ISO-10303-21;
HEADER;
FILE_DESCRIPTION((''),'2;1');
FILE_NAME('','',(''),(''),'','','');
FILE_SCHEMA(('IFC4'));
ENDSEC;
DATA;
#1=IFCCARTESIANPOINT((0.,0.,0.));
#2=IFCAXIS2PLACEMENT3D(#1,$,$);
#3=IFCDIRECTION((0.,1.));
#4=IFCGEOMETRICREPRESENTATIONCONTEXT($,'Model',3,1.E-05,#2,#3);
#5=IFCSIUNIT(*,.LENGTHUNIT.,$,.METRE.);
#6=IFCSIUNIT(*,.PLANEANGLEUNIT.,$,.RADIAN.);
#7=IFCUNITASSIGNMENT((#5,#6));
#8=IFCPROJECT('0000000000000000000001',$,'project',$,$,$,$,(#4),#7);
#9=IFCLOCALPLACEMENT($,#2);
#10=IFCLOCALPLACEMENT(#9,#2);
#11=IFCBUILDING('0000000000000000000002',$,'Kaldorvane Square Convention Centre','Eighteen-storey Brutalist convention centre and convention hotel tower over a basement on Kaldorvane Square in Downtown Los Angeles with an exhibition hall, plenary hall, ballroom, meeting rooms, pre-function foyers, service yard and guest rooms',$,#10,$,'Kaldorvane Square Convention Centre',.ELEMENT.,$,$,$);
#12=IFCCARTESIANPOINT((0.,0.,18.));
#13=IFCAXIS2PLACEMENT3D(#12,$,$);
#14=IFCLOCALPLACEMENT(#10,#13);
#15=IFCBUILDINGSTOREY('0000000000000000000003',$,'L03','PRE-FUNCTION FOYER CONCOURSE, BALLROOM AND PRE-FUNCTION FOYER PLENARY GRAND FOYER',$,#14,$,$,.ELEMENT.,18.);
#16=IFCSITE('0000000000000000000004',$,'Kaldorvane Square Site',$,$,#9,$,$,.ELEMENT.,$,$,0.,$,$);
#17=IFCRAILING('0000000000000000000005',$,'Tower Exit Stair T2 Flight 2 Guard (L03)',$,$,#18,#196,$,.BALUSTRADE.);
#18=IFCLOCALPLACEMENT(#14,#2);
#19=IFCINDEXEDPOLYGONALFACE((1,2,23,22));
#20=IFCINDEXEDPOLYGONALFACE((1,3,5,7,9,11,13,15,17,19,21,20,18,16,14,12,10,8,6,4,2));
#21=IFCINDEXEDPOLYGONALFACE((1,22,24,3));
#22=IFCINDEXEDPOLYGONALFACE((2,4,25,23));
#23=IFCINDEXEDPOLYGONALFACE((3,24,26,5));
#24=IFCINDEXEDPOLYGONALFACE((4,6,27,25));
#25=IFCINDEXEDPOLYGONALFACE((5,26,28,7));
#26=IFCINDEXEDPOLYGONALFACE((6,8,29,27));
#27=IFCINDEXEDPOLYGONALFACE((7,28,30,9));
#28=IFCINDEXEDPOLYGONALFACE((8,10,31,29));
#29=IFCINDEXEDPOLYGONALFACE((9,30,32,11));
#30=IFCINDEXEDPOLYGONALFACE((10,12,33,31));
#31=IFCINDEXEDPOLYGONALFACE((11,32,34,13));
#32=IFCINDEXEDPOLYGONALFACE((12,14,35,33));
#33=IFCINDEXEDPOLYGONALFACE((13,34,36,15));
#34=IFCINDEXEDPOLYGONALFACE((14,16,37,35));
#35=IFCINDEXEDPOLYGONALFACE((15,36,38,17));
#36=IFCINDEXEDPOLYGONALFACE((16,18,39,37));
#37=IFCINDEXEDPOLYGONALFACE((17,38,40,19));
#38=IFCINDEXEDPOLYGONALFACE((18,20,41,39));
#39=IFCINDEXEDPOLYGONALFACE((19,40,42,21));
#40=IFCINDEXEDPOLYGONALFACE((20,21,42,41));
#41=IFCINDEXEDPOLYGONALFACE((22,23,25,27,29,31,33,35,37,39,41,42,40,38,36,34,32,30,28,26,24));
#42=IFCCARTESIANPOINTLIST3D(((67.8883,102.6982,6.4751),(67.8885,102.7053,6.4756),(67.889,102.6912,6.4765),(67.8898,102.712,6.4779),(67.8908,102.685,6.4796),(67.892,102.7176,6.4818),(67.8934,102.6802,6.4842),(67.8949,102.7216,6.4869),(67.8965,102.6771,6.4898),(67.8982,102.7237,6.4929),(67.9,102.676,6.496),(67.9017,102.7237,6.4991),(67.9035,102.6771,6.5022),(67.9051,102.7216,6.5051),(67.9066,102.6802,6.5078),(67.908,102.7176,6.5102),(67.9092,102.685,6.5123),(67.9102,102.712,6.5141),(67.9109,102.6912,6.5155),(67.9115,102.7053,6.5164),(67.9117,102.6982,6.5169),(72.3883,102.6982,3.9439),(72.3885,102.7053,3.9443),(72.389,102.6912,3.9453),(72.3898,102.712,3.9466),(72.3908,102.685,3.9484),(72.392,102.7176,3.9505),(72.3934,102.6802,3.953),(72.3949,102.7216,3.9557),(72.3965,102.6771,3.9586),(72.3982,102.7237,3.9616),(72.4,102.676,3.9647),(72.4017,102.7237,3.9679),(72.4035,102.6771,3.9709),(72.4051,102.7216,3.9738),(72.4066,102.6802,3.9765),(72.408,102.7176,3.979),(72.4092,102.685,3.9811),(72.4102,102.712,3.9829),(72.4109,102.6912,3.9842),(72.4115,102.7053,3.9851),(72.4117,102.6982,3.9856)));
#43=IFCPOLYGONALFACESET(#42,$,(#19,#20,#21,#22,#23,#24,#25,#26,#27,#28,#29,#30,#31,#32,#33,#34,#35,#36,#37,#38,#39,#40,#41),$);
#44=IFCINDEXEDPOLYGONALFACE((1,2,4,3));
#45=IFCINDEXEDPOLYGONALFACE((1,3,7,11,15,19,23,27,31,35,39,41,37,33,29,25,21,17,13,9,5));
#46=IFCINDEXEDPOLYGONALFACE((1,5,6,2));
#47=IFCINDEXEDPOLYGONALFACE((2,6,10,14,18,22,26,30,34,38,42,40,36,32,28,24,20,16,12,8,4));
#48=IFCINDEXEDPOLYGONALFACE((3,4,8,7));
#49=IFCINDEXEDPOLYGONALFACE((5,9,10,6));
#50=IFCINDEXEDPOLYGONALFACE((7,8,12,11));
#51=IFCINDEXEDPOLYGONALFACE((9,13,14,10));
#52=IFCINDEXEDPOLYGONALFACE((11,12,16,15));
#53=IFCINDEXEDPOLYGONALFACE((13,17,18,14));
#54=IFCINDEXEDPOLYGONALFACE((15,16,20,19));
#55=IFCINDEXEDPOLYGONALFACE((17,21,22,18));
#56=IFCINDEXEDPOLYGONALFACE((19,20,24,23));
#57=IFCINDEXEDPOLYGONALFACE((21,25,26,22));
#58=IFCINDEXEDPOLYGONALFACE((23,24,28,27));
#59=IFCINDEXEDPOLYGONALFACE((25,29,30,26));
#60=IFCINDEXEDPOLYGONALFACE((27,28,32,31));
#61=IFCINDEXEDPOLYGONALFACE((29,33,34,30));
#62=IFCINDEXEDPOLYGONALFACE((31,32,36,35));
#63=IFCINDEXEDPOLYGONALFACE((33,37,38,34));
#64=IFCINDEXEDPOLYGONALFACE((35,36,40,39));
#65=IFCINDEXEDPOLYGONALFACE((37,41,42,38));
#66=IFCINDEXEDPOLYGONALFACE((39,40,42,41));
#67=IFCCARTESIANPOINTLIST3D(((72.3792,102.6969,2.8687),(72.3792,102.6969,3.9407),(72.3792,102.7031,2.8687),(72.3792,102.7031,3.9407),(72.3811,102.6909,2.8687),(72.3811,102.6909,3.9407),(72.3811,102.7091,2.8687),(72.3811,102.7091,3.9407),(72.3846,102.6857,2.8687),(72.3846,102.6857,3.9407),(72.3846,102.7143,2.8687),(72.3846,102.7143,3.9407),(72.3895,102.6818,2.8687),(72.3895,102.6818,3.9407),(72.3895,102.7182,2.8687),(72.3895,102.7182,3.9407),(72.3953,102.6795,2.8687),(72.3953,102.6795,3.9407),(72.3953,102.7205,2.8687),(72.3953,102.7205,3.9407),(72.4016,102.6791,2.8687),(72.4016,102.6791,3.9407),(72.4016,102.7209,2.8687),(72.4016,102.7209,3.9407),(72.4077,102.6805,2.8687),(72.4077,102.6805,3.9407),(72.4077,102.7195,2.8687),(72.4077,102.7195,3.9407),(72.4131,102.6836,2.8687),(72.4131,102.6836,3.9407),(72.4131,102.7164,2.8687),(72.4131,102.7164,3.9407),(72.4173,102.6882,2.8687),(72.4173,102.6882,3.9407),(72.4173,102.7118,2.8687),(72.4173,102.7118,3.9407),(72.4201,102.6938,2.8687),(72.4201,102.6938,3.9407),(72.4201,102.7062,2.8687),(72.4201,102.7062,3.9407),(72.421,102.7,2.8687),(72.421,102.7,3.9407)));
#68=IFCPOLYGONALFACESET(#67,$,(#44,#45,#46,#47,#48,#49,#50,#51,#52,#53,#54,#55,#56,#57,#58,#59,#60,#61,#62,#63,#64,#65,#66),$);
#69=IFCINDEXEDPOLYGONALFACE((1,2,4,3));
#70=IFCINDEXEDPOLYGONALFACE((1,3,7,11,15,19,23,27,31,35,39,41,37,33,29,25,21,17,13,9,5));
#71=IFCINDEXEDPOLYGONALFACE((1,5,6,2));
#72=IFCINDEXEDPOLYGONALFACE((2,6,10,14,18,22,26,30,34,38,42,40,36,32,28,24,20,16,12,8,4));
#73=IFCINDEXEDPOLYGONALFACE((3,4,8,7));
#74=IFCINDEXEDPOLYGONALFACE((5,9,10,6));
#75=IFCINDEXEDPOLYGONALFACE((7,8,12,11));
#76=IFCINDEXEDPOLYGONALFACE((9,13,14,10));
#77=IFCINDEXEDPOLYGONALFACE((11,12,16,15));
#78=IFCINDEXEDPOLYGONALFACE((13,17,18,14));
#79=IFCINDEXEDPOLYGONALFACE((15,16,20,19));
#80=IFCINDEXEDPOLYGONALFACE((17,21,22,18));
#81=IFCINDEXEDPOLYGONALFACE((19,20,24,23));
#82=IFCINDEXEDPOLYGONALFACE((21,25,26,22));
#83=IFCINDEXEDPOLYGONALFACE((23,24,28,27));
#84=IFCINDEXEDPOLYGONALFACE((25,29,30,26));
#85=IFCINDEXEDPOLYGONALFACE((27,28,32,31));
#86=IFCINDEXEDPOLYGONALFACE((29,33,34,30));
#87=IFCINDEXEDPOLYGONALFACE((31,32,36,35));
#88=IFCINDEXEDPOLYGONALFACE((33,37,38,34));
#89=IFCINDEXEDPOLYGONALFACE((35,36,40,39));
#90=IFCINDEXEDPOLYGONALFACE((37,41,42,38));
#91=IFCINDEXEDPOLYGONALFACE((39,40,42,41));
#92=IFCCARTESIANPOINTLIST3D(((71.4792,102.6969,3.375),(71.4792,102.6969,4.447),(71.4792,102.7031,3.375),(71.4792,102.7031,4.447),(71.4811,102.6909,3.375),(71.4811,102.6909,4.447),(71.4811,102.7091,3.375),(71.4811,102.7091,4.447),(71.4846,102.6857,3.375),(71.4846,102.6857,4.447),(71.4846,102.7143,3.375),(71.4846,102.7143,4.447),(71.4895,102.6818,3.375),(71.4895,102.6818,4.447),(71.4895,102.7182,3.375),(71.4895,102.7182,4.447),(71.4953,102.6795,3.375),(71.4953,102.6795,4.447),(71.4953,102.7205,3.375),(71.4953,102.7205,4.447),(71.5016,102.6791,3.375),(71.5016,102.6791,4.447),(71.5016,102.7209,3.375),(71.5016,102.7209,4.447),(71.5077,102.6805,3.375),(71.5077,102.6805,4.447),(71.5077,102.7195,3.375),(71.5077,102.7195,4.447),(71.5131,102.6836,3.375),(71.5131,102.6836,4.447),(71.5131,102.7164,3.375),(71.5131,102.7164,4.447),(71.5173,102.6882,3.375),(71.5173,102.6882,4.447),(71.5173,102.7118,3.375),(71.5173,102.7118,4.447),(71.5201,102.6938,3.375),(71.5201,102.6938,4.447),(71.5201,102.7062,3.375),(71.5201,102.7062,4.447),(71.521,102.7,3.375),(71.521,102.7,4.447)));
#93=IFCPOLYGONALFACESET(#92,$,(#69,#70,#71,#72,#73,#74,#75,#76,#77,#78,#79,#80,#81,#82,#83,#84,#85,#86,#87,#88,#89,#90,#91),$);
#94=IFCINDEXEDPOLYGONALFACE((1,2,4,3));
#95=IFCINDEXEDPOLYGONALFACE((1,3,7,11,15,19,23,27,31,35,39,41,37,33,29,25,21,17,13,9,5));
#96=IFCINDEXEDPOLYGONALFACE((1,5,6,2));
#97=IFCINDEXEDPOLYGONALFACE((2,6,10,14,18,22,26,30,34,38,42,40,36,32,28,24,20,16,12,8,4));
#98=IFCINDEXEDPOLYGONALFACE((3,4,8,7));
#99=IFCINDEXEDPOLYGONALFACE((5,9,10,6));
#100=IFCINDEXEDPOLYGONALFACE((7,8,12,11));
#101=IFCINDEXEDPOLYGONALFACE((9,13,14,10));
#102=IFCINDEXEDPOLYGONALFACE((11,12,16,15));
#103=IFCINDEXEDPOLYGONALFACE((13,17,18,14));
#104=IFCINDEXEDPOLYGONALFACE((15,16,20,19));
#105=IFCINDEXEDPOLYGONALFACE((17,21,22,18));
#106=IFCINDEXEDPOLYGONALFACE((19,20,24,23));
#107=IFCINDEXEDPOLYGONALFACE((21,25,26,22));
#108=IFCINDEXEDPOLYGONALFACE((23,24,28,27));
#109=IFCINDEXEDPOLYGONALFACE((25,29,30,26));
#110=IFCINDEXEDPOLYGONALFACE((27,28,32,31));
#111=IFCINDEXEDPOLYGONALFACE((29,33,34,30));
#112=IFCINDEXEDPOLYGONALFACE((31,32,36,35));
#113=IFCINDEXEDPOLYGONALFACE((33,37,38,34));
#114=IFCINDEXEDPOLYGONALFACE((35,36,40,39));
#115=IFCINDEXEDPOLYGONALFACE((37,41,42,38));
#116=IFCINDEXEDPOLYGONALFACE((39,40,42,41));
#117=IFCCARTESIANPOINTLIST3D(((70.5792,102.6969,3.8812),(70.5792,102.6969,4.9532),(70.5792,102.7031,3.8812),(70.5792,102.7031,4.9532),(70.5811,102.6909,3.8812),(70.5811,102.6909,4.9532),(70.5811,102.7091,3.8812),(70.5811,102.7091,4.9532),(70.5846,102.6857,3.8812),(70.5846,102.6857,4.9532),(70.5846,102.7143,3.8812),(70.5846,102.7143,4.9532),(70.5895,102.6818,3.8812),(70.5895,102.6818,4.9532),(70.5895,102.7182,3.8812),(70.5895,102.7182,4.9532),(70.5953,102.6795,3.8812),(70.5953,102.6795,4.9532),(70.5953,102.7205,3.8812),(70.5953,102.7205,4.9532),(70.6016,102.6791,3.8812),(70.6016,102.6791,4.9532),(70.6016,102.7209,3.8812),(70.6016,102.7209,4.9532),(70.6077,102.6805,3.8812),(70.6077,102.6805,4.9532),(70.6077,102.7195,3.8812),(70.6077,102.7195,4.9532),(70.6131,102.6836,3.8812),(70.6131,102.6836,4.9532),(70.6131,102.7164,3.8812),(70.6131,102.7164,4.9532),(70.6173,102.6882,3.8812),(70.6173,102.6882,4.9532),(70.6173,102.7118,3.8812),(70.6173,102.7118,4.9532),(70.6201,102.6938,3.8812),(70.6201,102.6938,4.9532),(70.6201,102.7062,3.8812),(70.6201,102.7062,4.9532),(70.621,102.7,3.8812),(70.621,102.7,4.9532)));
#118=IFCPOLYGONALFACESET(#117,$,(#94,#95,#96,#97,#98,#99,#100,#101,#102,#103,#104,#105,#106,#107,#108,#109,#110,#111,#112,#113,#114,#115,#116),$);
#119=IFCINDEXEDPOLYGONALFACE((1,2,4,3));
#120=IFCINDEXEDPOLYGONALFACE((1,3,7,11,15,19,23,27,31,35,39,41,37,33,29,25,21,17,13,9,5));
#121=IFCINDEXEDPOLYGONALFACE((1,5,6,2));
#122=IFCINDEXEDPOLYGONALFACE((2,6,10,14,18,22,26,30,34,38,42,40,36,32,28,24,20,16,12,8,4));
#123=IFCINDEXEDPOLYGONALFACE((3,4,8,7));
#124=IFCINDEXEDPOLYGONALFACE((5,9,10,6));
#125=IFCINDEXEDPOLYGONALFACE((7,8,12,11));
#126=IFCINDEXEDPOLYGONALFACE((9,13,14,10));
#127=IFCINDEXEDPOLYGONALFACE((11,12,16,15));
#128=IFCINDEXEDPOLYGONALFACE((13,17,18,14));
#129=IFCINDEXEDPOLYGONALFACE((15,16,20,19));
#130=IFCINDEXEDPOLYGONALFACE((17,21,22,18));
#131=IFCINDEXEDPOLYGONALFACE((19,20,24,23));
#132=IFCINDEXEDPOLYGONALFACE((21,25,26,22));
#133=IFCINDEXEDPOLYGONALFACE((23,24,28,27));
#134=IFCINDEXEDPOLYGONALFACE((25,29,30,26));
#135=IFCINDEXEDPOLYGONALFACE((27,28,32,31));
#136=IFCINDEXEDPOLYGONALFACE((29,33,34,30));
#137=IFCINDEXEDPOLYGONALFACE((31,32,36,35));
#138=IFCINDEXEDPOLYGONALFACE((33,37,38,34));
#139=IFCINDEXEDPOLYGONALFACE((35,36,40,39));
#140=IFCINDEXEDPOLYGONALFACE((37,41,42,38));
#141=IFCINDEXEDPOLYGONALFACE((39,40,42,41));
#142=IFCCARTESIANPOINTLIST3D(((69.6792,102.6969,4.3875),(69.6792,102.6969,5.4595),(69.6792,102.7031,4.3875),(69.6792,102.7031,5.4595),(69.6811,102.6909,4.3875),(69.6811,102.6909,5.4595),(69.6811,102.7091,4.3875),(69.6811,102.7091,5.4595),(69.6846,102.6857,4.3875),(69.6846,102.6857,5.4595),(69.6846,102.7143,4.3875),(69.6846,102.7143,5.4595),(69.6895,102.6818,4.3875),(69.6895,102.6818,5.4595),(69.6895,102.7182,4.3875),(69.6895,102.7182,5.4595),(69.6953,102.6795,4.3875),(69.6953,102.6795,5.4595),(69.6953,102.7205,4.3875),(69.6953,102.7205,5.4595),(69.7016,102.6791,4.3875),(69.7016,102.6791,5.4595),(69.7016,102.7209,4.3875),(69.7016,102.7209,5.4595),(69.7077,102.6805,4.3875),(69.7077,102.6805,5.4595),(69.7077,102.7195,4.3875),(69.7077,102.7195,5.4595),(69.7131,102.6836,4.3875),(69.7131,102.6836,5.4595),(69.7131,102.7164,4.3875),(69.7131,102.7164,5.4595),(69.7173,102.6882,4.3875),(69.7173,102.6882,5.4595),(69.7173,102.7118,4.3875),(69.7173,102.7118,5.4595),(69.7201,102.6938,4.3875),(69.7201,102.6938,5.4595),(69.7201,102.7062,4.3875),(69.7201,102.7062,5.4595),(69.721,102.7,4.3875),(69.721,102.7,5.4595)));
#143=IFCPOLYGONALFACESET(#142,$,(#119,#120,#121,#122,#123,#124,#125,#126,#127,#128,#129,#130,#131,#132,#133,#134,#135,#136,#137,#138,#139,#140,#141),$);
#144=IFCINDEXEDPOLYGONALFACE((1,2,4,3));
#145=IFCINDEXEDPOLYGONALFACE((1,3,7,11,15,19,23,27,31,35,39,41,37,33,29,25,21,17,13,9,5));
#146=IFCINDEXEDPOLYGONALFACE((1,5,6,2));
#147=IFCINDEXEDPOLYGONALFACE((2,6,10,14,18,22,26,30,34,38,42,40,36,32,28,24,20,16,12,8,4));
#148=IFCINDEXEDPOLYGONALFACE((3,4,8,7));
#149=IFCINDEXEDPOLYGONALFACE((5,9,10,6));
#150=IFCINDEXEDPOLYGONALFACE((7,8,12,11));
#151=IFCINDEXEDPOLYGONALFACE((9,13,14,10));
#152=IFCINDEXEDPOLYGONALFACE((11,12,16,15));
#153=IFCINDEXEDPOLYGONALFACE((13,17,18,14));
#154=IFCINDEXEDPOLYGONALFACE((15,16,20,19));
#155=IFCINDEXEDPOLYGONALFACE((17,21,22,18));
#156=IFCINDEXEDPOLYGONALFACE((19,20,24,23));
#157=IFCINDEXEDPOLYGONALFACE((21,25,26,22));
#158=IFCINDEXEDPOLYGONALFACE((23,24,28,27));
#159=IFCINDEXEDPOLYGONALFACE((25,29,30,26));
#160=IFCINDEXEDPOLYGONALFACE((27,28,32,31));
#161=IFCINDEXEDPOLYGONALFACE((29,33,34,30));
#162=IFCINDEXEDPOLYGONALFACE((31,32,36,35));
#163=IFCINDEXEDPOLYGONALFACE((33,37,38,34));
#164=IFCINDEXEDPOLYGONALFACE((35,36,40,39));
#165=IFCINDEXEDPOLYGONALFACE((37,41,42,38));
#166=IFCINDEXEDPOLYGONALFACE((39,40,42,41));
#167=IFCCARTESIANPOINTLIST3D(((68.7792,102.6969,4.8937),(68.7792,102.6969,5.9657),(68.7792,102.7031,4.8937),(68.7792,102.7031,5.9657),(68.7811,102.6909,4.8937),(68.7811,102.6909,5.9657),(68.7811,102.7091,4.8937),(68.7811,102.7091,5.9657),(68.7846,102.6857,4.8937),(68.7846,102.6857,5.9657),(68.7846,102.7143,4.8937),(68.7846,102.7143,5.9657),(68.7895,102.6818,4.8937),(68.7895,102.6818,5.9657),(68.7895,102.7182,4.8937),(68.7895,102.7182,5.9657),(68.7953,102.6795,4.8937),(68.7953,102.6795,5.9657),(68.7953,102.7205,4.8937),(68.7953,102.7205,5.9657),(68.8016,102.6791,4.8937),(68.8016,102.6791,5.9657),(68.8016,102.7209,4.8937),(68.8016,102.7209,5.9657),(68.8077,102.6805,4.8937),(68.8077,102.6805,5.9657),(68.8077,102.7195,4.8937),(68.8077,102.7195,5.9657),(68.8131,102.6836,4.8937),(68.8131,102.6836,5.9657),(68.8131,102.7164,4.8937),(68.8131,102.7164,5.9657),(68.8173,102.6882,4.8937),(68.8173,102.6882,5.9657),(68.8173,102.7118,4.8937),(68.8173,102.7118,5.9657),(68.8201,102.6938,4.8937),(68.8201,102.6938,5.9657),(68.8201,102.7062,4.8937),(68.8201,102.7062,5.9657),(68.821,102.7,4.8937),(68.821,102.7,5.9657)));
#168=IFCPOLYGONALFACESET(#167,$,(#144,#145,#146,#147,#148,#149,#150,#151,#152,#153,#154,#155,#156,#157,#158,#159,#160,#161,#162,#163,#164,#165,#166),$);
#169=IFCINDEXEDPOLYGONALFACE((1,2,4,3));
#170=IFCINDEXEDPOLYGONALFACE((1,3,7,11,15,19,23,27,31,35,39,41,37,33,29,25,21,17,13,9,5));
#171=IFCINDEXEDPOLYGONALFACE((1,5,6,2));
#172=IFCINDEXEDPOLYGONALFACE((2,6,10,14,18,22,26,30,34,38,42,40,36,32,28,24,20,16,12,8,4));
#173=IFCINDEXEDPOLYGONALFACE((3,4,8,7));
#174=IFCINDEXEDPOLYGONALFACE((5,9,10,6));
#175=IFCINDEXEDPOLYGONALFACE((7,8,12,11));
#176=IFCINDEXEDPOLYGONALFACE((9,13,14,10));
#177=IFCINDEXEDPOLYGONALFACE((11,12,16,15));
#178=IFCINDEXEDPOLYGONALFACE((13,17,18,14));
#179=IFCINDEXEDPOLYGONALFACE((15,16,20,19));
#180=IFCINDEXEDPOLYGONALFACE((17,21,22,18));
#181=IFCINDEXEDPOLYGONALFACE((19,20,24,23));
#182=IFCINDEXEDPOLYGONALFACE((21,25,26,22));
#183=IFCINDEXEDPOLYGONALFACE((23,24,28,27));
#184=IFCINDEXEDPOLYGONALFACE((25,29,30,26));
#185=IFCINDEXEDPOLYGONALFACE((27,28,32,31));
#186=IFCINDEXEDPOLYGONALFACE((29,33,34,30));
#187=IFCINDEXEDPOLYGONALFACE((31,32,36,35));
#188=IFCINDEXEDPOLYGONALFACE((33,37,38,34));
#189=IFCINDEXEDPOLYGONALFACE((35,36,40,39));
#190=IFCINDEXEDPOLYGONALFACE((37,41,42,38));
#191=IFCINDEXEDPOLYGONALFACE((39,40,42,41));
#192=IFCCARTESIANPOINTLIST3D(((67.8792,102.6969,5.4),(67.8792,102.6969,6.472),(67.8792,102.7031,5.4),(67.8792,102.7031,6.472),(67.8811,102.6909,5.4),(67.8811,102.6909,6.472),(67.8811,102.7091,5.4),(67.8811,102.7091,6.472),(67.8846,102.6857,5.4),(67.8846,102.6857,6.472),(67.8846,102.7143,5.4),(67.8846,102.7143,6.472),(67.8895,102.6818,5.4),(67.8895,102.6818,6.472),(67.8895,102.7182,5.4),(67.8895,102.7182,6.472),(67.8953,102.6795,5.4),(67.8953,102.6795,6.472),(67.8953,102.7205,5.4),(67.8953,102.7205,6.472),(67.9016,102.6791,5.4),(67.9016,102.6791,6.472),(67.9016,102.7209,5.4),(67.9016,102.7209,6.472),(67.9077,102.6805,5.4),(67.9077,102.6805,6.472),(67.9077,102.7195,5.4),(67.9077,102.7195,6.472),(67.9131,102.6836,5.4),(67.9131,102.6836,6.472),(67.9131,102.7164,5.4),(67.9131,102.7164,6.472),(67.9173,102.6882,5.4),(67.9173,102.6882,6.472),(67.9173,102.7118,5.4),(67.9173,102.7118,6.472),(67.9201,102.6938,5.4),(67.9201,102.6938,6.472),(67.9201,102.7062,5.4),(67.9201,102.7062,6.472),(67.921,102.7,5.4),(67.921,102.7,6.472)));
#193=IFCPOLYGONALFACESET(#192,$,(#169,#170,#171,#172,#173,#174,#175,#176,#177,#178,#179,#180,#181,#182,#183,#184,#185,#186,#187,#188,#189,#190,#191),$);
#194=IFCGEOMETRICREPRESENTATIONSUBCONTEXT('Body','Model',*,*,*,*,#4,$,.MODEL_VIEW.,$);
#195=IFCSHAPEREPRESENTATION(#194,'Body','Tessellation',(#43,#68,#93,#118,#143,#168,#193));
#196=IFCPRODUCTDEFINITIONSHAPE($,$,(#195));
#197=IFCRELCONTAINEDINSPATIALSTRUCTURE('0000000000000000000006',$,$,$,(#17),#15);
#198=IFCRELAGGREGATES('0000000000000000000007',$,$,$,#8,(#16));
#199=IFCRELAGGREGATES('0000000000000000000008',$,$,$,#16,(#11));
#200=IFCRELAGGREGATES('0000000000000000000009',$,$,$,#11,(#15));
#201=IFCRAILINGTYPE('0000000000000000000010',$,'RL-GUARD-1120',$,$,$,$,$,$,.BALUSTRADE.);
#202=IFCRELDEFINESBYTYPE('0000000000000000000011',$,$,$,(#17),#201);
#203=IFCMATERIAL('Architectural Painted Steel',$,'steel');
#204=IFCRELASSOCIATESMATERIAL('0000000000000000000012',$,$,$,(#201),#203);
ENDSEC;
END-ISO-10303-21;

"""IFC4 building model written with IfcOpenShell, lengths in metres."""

from ifc_helpers import new_model, si_unit, direction, frame, origin, origin_2d, place, context, subcontext, project, spatial, circle, extrude, material, type_object, element, save


model = new_model("IFC4")

# Units and contexts
model_context = context("Model", 3, precision=1e-05, world=origin(), true_north=direction((0.0, 1.0)))
body_context = subcontext(model_context, "Body", "Model", "MODEL_VIEW")
ifc_project = project(units=[si_unit("LENGTHUNIT", "METRE"), si_unit("PLANEANGLEUNIT", "RADIAN")], contexts=[model_context])

# Site, building, storey
site_placement = place(None, origin())
site = spatial("IfcSite", under=ifc_project, at=site_placement, Name="Kaldorvane Square Site", CompositionType="ELEMENT", RefElevation=0.0)
building_placement = place(site_placement, origin())
building = spatial("IfcBuilding", under=site, at=building_placement, Name="Kaldorvane Square Convention Centre", Description="Eighteen-storey Brutalist convention centre and convention hotel tower over a basement on Kaldorvane Square in Downtown Los Angeles with an exhibition hall, plenary hall, ballroom, meeting rooms, pre-function foyers, service yard and guest rooms", LongName="Kaldorvane Square Convention Centre", CompositionType="ELEMENT")
storey_placement = place(building_placement, frame((0.0, 0.0, 18.0)))
storey = spatial("IfcBuildingStorey", under=building, at=storey_placement, Name="L03", Description="PRE-FUNCTION FOYER CONCOURSE, BALLROOM AND PRE-FUNCTION FOYER PLENARY GRAND FOYER", CompositionType="ELEMENT", Elevation=18.0)

# Railing
ifc_material_1 = material(Name="Architectural Painted Steel", Category="steel")
railing_type_1 = type_object("IfcRailingType", Name="RL-GUARD-1120", PredefinedType="BALUSTRADE", material=ifc_material_1)
railing_1_placement = place(storey_placement, frame((72.4, 102.7, 2.8687)))
element("IfcRailing", 1, at=railing_1_placement, inside=storey, type_object=railing_type_1, Name="Tower Exit Stair T2 Flight 2 Guard (L03)", PredefinedType="BALUSTRADE", context=body_context, shape_type="SweptSolid", body=[
    extrude(circle(Radius=0.024, at=origin_2d()), frame((0.0, 0.0, 1.096), z_axis=(-0.871576, 0.0, 0.490261), x_axis=(0.0, -1.0, 0.0)), (0.0, 0.0, 1.0), 5.1631),
    extrude(circle(Radius=0.021, at=origin_2d()), origin(), (0.0, 0.0, 1.0), 1.072),
    extrude(circle(Radius=0.021, at=origin_2d()), frame((-0.9, 0.0, 0.5063)), (0.0, 0.0, 1.0), 1.072),
    extrude(circle(Radius=0.021, at=origin_2d()), frame((-1.8, 0.0, 1.0125)), (0.0, 0.0, 1.0), 1.072),
    extrude(circle(Radius=0.021, at=origin_2d()), frame((-2.7, 0.0, 1.5188)), (0.0, 0.0, 1.0), 1.072),
    extrude(circle(Radius=0.021, at=origin_2d()), frame((-3.6, 0.0, 2.025)), (0.0, 0.0, 1.0), 1.072),
    extrude(circle(Radius=0.021, at=origin_2d()), frame((-4.5, 0.0, 2.5312)), (0.0, 0.0, 1.0), 1.072),
])

save(model, "model.ifc")
